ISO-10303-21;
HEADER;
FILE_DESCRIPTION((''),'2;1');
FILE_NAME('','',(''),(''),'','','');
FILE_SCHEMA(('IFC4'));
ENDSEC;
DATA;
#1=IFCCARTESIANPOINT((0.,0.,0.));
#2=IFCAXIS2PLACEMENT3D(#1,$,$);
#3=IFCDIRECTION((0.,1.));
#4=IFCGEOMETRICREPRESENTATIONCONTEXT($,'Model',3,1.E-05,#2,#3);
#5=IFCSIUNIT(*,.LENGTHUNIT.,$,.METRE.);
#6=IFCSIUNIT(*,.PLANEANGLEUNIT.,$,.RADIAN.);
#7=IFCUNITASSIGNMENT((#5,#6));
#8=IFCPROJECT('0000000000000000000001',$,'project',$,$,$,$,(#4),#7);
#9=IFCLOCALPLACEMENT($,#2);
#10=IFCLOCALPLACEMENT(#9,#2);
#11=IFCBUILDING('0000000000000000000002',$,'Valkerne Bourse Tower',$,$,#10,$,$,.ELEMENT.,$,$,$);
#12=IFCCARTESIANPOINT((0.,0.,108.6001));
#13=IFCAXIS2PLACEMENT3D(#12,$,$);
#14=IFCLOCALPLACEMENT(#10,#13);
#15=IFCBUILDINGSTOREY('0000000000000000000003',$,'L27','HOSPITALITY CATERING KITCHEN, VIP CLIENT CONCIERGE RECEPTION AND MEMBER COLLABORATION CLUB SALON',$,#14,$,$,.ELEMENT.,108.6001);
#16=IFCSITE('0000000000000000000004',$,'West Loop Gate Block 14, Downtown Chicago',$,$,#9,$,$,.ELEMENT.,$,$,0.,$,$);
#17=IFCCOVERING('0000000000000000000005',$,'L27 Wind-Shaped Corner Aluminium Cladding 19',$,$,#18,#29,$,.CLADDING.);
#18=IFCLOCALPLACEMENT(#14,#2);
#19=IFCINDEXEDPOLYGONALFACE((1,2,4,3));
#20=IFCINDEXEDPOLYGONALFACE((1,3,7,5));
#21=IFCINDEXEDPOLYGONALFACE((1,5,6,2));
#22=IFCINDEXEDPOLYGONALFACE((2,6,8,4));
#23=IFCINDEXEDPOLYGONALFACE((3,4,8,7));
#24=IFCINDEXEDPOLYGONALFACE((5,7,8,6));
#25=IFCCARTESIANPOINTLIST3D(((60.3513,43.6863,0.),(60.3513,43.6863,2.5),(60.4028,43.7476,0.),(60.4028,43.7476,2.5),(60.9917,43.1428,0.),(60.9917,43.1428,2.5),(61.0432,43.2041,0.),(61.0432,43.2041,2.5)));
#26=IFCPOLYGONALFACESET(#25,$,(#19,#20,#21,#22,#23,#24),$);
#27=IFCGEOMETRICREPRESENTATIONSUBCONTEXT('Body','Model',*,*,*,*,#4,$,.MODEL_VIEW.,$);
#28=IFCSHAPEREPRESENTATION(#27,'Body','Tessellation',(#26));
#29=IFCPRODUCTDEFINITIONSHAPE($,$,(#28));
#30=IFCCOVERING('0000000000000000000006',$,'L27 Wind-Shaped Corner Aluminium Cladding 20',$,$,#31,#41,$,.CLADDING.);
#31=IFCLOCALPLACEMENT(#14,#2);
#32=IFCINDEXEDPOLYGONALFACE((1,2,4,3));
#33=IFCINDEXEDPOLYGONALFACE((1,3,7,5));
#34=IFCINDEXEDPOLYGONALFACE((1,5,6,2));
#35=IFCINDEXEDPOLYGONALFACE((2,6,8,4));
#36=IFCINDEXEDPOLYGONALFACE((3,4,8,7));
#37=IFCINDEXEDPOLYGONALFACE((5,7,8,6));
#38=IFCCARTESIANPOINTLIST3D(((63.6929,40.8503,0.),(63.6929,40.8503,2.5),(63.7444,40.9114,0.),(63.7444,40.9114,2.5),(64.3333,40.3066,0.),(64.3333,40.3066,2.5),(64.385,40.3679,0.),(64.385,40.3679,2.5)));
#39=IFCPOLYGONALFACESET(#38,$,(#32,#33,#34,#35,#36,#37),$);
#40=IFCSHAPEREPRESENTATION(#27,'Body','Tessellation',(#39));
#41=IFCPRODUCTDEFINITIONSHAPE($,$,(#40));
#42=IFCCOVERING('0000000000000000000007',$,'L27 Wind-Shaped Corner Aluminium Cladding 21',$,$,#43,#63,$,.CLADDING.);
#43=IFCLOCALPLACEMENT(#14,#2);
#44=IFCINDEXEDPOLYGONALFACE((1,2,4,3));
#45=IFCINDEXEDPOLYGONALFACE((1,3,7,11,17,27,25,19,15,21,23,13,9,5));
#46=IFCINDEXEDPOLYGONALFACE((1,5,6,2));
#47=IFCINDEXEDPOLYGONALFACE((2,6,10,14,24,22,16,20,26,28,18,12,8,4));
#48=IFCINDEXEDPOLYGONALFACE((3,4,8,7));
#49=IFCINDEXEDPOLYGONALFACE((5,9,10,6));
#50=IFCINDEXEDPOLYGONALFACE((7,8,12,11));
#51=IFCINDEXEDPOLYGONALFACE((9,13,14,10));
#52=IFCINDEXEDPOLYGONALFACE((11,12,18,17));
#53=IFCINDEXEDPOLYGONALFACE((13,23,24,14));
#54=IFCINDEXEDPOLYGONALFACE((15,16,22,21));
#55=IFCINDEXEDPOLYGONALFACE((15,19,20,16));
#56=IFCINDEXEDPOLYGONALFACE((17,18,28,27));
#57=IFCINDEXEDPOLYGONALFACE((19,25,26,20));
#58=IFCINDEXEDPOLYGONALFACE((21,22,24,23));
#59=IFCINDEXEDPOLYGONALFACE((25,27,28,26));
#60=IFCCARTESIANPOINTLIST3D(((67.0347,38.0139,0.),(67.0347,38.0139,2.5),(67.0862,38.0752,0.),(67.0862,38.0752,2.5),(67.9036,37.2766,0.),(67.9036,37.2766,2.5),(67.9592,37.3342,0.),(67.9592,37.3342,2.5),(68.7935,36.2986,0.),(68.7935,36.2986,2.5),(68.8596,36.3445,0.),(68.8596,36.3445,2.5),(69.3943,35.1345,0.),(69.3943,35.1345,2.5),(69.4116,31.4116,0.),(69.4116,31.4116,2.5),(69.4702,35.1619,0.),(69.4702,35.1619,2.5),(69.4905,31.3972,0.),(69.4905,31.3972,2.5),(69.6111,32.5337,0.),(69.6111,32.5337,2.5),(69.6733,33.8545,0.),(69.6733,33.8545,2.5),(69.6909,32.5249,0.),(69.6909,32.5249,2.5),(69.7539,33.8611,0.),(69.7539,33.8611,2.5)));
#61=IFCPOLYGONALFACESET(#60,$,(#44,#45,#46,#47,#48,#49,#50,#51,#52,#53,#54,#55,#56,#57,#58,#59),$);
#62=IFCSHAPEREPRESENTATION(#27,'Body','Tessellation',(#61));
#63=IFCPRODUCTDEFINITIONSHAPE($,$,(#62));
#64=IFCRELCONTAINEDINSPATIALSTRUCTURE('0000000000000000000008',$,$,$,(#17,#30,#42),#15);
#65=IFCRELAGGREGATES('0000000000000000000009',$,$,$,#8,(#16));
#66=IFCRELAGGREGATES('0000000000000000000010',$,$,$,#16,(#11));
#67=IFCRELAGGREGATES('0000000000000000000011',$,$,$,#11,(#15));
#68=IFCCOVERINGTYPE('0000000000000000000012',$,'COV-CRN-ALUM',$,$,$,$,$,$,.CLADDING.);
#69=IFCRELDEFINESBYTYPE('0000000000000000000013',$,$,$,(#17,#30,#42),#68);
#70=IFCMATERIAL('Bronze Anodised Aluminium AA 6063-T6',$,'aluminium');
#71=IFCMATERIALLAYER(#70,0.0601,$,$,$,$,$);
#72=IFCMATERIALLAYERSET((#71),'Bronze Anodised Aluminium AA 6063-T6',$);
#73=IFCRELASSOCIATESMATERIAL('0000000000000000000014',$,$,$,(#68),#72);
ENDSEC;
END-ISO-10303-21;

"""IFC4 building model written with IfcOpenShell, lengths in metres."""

from ifc_helpers import new_model, si_unit, direction, frame, origin, place, context, subcontext, project, spatial, polyline, outline, extrude, material, layer, layer_set, type_object, element, save


model = new_model("IFC4")

# Units and contexts
model_context = context("Model", 3, precision=1e-05, world=origin(), true_north=direction((0.0, 1.0)))
body_context = subcontext(model_context, "Body", "Model", "MODEL_VIEW")
ifc_project = project(units=[si_unit("LENGTHUNIT", "METRE"), si_unit("PLANEANGLEUNIT", "RADIAN")], contexts=[model_context])

# Site, building, storey
site_placement = place(None, origin())
site = spatial("IfcSite", under=ifc_project, at=site_placement, Name="West Loop Gate Block 14, Downtown Chicago", CompositionType="ELEMENT", RefElevation=0.0)
building_placement = place(site_placement, origin())
building = spatial("IfcBuilding", under=site, at=building_placement, Name="Valkerne Bourse Tower", CompositionType="ELEMENT")
storey_placement = place(building_placement, frame((0.0, 0.0, 108.6001)))
storey = spatial("IfcBuildingStorey", under=building, at=storey_placement, Name="L27", Description="HOSPITALITY CATERING KITCHEN, VIP CLIENT CONCIERGE RECEPTION AND MEMBER COLLABORATION CLUB SALON", CompositionType="ELEMENT", Elevation=108.6001)

# Coverings
ifc_material_1 = material(Name="Bronze Anodised Aluminium AA 6063-T6", Category="aluminium")
ifc_layer_1 = layer(ifc_material_1, 0.0601)
ifc_layer_set_1 = layer_set([ifc_layer_1], Name="Bronze Anodised Aluminium AA 6063-T6")
covering_type = type_object("IfcCoveringType", Name="COV-CRN-ALUM", PredefinedType="CLADDING", material=ifc_layer_set_1)
covering_1_placement = place(storey_placement, origin())
element("IfcCovering", 1, at=covering_1_placement, inside=storey, type_object=covering_type, Name="L27 Wind-Shaped Corner Aluminium Cladding 19", PredefinedType="CLADDING", context=body_context, shape_type="SweptSolid", body=[
    extrude(outline(polyline([(61.0432, 43.2041), (60.9917, 43.1428), (60.3513, 43.6863), (60.4028, 43.7476), (61.0432, 43.2041)])), origin(), (0.0, 0.0, 1.0), 2.5),
])
covering_2_placement = place(storey_placement, origin())
element("IfcCovering", 2, at=covering_2_placement, inside=storey, type_object=covering_type, Name="L27 Wind-Shaped Corner Aluminium Cladding 20", PredefinedType="CLADDING", context=body_context, shape_type="SweptSolid", body=[
    extrude(outline(polyline([(64.385, 40.3679), (64.3333, 40.3066), (63.6929, 40.8503), (63.7444, 40.9114), (64.385, 40.3679)])), origin(), (0.0, 0.0, 1.0), 2.5),
])
covering_3_placement = place(storey_placement, origin())
element("IfcCovering", 3, at=covering_3_placement, inside=storey, type_object=covering_type, Name="L27 Wind-Shaped Corner Aluminium Cladding 21", PredefinedType="CLADDING", context=body_context, shape_type="SweptSolid", body=[
    extrude(outline(polyline([(67.9592, 37.3342), (68.8596, 36.3445), (69.4702, 35.1619), (69.7539, 33.8611), (69.6909, 32.5249), (69.4905, 31.3972), (69.4116, 31.4116), (69.6111, 32.5337), (69.6733, 33.8545), (69.3943, 35.1345), (68.7935, 36.2986), (67.9036, 37.2766), (67.0347, 38.0139), (67.0862, 38.0752), (67.9592, 37.3342)])), origin(), (0.0, 0.0, 1.0), 2.5),
])

save(model, "model.ifc")
